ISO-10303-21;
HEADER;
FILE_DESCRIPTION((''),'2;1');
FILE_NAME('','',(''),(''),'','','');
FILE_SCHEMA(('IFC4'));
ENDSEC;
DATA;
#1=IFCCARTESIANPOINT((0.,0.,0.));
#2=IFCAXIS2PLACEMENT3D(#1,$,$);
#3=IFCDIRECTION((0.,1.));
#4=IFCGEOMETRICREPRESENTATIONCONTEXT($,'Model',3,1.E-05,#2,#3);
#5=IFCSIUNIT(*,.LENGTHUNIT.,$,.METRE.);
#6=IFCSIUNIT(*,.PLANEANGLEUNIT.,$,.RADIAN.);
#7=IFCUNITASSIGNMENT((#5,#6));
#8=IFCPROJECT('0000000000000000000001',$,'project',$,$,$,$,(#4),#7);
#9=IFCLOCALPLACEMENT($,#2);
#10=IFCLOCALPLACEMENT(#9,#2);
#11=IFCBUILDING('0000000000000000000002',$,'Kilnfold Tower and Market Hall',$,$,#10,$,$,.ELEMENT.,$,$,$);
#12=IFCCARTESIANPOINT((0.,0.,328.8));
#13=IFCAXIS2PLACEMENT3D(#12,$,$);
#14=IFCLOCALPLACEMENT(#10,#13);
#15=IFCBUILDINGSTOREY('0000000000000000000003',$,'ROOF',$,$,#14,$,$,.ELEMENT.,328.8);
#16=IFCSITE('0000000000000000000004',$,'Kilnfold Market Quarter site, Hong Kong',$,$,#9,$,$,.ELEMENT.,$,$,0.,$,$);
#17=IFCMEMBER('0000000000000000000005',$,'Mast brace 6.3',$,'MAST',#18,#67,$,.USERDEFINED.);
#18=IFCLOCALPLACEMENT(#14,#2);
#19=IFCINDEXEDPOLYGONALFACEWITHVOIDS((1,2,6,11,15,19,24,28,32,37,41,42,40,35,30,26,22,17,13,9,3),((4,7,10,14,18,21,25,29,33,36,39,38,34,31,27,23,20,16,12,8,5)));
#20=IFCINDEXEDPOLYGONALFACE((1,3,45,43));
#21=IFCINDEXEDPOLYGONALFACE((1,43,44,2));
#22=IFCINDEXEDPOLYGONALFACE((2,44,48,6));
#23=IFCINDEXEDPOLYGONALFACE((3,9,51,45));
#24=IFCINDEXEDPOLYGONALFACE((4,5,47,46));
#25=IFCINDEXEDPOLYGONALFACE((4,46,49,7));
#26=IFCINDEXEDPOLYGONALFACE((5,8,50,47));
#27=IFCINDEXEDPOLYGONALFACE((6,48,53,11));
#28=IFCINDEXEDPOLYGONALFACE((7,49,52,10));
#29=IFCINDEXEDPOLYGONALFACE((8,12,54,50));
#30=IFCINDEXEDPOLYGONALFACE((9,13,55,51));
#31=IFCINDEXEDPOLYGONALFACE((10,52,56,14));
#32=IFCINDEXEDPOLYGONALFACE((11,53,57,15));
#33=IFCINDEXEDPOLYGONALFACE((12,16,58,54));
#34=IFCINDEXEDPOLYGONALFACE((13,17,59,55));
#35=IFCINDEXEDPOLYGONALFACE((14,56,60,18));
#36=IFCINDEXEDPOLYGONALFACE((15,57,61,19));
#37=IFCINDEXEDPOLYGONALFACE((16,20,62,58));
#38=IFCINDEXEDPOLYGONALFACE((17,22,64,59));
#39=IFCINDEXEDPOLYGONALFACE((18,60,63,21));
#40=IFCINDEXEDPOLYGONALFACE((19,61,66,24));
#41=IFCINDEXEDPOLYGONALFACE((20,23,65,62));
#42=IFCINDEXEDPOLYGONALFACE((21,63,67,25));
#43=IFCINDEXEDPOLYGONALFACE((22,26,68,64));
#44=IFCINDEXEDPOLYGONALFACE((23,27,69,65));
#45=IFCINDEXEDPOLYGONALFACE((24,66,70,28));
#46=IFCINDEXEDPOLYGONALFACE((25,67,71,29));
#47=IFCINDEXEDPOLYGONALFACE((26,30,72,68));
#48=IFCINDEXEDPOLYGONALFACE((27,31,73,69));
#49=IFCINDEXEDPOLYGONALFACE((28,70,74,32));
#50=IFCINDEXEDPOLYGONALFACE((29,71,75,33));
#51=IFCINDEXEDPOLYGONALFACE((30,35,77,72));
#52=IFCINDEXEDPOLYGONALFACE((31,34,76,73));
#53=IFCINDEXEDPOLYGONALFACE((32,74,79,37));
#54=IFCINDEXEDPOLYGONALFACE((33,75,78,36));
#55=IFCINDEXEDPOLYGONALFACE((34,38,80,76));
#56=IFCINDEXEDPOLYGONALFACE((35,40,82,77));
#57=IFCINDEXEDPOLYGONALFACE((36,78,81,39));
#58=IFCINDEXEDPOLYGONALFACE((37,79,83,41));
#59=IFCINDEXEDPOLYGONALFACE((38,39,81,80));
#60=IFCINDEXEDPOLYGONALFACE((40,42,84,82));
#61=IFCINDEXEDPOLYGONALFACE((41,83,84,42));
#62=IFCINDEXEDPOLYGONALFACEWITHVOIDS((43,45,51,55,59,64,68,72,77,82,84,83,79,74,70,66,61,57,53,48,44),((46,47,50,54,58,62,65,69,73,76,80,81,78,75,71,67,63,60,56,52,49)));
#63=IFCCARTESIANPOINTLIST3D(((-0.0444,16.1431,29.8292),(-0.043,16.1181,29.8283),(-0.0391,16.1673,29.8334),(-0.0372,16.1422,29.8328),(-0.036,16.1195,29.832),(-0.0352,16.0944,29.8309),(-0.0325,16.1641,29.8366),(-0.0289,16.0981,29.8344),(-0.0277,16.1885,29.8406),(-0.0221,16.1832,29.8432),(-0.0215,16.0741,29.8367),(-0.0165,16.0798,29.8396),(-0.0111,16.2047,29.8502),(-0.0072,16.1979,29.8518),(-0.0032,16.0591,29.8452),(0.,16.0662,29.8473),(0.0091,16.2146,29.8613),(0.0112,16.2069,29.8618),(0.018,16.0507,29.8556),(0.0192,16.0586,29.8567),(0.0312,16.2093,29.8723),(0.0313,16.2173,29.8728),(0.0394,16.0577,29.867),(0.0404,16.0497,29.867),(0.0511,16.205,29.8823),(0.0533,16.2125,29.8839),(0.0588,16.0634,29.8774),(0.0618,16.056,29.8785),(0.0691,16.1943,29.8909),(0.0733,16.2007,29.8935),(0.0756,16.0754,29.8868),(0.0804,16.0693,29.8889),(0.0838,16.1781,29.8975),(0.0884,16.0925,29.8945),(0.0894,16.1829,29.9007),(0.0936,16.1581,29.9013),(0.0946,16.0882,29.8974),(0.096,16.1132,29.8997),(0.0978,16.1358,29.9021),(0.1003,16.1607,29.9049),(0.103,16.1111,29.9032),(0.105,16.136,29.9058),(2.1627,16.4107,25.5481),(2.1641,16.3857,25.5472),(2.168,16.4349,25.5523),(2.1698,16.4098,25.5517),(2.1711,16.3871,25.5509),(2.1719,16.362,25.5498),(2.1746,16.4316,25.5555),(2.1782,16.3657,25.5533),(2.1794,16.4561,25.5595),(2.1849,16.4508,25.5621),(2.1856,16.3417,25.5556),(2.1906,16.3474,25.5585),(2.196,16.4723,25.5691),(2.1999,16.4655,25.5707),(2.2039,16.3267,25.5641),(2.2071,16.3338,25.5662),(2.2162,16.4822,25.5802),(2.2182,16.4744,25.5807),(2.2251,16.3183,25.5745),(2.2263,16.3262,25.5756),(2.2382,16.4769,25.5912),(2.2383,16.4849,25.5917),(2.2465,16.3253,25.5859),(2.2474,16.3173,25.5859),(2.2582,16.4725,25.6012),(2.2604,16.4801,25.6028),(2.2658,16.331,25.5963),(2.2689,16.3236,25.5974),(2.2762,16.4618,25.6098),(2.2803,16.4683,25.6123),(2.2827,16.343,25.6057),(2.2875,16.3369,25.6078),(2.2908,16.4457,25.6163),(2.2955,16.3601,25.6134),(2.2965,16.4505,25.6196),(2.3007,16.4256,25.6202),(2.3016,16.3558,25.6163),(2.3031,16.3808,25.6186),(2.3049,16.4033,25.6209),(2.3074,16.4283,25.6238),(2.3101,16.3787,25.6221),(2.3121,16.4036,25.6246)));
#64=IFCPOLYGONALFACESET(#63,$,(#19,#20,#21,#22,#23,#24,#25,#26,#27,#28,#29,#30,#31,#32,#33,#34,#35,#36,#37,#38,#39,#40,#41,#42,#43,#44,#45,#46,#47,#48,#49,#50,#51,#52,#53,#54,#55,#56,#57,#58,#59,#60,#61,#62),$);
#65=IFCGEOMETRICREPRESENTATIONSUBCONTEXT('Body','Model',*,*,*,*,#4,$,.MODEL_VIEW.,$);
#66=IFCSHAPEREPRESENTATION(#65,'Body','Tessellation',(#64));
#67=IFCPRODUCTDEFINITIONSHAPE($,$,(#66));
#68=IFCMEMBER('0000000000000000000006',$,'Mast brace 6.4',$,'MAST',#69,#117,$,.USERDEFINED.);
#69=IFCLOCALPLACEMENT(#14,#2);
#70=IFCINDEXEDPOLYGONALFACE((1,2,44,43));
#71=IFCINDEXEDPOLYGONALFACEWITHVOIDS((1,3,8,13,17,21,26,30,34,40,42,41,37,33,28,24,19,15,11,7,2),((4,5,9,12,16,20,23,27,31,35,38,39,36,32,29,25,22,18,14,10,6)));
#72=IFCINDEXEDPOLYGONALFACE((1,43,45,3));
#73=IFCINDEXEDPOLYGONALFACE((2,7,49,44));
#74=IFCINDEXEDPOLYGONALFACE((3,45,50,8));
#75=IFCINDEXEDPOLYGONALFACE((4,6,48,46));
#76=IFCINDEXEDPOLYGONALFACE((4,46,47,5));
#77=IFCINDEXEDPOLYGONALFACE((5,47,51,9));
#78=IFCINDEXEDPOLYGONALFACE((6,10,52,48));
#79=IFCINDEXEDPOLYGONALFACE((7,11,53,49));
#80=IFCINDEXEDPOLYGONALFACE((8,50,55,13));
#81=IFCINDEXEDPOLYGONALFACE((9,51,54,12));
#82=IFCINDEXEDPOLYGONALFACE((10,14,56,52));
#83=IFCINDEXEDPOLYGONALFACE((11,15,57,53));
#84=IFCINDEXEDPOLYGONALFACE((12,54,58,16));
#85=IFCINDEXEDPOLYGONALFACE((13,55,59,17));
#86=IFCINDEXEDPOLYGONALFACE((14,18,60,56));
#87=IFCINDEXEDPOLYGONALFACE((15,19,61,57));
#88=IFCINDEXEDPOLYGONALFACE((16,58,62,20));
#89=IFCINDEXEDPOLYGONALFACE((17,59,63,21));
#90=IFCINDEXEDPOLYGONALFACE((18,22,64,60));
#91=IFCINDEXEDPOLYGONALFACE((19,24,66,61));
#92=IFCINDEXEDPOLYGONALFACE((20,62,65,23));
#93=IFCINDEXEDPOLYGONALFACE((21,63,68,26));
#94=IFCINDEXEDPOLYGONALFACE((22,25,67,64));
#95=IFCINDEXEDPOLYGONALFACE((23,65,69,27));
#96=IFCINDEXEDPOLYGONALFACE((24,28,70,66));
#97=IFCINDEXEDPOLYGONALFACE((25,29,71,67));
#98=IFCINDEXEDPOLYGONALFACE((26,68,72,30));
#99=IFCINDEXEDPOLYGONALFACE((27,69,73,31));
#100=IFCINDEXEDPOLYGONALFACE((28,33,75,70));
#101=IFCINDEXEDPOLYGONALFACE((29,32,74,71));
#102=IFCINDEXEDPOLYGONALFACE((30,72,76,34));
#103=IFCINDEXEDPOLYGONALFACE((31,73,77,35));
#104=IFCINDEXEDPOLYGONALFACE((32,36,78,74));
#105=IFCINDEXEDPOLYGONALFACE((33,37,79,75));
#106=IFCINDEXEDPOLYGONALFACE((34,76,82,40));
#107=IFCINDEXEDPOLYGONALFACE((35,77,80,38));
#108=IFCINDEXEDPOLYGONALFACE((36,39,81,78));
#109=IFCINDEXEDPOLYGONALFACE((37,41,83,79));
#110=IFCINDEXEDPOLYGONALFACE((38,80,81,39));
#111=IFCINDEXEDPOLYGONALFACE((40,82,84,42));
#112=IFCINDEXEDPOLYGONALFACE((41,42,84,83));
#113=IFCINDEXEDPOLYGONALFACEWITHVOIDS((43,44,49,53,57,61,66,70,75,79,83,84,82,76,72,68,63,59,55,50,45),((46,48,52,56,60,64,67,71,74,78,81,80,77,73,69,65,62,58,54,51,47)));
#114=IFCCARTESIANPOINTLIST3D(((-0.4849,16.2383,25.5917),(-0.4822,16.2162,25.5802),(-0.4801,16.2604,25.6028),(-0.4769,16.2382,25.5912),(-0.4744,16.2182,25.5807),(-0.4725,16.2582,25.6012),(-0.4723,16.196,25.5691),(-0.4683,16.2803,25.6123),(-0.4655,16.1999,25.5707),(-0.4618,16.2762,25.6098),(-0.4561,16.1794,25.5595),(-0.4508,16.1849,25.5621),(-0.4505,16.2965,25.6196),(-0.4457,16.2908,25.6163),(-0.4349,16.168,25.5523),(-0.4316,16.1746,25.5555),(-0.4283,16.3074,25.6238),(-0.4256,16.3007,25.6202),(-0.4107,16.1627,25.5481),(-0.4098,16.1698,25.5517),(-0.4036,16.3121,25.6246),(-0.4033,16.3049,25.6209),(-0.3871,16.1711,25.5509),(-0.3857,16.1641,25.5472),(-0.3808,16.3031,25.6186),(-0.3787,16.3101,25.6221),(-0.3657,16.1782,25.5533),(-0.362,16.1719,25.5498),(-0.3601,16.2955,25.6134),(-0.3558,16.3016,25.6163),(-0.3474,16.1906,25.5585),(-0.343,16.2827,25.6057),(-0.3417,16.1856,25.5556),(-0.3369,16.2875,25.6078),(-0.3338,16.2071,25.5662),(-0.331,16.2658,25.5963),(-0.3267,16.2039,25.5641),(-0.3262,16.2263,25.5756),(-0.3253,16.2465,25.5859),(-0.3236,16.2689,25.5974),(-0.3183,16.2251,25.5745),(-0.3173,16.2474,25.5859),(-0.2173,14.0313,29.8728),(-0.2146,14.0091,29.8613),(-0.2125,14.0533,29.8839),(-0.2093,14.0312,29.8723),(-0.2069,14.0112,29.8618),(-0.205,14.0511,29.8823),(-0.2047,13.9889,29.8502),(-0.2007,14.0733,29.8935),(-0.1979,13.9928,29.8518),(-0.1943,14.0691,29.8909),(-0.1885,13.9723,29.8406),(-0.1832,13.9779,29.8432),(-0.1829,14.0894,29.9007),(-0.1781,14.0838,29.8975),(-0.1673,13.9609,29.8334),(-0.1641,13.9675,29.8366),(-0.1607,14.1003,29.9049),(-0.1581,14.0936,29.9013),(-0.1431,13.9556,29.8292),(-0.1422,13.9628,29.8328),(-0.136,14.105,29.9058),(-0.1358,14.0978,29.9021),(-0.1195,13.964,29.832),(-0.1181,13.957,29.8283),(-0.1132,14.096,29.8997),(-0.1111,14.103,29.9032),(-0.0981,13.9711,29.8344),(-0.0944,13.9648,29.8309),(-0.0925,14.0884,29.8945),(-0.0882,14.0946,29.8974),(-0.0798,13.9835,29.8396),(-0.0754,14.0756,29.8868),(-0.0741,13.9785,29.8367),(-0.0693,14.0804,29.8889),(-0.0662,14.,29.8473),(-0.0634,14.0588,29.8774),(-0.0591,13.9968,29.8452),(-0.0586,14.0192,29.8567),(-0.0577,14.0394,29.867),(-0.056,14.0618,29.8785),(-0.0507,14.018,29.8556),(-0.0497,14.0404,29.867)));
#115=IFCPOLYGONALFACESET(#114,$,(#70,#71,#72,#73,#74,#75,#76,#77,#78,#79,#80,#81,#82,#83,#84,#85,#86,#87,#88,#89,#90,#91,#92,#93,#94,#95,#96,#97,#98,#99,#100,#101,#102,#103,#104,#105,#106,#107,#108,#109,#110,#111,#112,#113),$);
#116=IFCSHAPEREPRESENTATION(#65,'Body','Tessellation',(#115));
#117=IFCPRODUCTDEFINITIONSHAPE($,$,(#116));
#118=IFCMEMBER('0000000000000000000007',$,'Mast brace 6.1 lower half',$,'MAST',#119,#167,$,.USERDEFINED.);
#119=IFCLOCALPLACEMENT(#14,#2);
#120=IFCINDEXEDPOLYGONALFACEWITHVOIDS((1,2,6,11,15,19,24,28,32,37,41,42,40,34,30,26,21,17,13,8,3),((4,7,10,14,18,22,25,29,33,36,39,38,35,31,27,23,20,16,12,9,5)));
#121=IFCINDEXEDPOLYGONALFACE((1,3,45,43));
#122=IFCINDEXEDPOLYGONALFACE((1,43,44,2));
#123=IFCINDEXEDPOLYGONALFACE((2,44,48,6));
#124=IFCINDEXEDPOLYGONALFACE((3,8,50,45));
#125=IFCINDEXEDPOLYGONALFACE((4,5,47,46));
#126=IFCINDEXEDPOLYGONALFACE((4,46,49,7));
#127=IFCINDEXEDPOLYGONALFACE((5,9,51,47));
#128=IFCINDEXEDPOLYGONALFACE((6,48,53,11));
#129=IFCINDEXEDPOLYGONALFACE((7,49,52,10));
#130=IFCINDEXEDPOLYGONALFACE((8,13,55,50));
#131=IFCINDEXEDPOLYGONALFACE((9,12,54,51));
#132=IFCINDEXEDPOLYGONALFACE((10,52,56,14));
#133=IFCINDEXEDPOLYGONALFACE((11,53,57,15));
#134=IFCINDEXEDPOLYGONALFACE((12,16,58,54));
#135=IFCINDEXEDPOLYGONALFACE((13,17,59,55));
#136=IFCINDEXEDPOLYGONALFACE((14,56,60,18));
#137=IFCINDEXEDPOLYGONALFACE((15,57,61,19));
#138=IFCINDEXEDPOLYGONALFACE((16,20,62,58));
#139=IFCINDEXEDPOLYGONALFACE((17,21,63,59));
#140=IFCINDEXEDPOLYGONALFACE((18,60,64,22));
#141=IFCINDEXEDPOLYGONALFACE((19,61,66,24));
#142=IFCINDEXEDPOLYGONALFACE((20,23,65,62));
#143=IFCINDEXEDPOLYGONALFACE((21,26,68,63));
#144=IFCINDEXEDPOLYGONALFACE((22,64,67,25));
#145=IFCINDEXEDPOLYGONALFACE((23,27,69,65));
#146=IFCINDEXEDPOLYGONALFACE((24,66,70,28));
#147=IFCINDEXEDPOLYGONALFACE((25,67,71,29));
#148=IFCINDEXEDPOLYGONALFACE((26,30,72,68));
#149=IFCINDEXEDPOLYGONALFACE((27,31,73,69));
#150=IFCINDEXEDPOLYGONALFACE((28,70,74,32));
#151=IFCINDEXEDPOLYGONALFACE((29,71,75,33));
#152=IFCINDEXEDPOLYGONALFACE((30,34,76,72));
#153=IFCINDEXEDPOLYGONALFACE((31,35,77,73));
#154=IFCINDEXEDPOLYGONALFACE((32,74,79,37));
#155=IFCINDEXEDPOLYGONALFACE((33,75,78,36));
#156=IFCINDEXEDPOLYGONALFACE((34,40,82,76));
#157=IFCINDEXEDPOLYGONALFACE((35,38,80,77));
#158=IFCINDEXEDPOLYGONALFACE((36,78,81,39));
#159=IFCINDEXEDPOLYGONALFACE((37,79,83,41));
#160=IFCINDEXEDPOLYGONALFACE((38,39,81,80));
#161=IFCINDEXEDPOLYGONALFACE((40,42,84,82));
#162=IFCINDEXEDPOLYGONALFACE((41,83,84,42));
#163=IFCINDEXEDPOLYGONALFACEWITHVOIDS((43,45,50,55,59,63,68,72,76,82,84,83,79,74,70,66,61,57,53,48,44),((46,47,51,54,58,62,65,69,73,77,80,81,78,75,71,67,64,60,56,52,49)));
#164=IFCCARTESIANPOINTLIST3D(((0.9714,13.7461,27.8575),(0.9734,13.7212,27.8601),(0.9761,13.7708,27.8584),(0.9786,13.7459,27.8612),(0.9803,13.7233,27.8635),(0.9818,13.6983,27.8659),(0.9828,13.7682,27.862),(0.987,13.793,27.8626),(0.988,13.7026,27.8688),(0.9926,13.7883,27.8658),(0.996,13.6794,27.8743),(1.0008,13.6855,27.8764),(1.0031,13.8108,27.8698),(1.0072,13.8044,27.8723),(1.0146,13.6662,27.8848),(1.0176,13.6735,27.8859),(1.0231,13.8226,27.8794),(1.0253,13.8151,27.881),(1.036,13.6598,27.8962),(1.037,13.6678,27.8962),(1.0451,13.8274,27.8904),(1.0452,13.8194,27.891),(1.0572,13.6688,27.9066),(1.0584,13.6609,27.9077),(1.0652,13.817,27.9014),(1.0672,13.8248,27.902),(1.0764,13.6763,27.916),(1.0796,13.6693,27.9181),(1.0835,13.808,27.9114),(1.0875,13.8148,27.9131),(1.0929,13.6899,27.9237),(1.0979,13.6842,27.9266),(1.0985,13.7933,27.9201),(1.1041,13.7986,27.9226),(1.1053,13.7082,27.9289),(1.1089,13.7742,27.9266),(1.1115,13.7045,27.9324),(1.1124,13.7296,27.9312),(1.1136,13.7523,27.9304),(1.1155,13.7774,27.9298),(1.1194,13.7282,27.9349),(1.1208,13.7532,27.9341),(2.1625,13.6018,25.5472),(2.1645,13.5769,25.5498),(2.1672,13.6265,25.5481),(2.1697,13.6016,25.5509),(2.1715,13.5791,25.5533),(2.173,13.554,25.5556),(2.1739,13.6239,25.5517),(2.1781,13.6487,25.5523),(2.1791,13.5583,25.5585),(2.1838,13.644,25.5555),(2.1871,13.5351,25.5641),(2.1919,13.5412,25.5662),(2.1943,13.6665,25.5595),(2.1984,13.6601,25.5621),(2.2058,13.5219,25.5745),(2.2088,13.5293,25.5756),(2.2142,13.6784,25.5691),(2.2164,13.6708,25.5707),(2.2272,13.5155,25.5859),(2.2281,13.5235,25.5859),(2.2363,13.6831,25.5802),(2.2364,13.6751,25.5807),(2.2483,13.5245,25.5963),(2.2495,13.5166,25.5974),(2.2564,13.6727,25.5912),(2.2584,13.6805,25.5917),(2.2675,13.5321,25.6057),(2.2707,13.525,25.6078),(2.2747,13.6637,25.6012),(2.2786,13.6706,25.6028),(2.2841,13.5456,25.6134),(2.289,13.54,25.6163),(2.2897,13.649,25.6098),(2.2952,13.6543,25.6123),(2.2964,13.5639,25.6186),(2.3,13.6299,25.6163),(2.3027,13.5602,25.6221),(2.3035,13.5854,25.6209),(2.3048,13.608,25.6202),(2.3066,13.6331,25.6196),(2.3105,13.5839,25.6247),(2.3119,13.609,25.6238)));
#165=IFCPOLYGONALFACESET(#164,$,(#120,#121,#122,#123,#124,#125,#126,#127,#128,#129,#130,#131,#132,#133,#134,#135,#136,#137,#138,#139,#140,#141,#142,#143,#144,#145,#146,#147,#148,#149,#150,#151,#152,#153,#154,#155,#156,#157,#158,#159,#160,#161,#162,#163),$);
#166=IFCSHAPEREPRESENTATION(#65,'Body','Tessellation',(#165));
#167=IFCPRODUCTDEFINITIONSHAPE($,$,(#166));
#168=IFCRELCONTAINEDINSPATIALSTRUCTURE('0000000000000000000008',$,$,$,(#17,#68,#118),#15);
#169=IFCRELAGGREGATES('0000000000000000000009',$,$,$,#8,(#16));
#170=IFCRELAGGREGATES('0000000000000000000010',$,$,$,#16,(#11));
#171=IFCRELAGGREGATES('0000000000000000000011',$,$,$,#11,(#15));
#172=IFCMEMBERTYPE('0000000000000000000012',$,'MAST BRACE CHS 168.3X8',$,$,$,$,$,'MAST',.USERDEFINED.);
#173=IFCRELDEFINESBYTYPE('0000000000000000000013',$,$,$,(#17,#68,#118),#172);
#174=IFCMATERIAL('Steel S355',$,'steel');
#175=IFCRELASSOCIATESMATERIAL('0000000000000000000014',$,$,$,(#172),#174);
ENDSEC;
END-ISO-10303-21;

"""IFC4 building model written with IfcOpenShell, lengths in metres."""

from ifc_helpers import new_model, si_unit, direction, frame, origin, origin_2d, place, context, subcontext, project, spatial, hollow_circle, extrude, source, transform, mapped, material, material_profile, profile_set, type_object, element, save


model = new_model("IFC4")

# Units and contexts
model_context = context("Model", 3, precision=1e-05, world=origin(), true_north=direction((0.0, 1.0)))
body_context = subcontext(model_context, "Body", "Model", "MODEL_VIEW")
ifc_project = project(units=[si_unit("LENGTHUNIT", "METRE"), si_unit("PLANEANGLEUNIT", "RADIAN")], contexts=[model_context])

# Site, building, storey
site_placement = place(None, origin())
site = spatial("IfcSite", under=ifc_project, at=site_placement, Name="Kilnfold Market Quarter site, Hong Kong", CompositionType="ELEMENT", RefElevation=0.0)
building_placement = place(site_placement, origin())
building = spatial("IfcBuilding", under=site, at=building_placement, Name="Kilnfold Tower and Market Hall", CompositionType="ELEMENT")
storey_placement = place(building_placement, frame((0.0, 0.0, 328.8)))
storey = spatial("IfcBuildingStorey", under=building, at=storey_placement, Name="ROOF", CompositionType="ELEMENT", Elevation=328.8)

# Members
ifc_material_1 = material(Name="Steel S355", Category="steel")
ifc_material_profile_1 = material_profile(ifc_material_1, hollow_circle(Radius=0.0842, WallThickness=0.0081, at=origin_2d()), Name="CHS 168.3x8")
ifc_profile_set_1 = profile_set([ifc_material_profile_1], Name="Steel S355")
member_type_1 = type_object("IfcMemberType", Name="MAST BRACE CHS 168.3X8", ElementType="MAST", PredefinedType="USERDEFINED", material=ifc_profile_set_1)
shared_shape_1 = source(origin(), body_context, "Body", "SweptSolid", [
    extrude(hollow_circle(Radius=0.0842, WallThickness=0.0081, at=origin_2d()), origin(), (0.0, 0.0, 1.0), 4.824),
])
for number, where, z_axis, x_axis, name in (
    (1, (2.2373, 16.4009, 25.5859), (-0.457524, -0.05547, 0.887465), (0.120358, -0.992731, 0.0), "Mast brace 6.3"),
    (2, (-0.4009, 16.2373, 25.5859), (0.05547, -0.457524, 0.887465), (0.992731, 0.120358, 0.0), "Mast brace 6.4"),
):
    element("IfcMember", number, at=place(storey_placement, frame(where, z_axis=z_axis, x_axis=x_axis)), inside=storey, type_object=member_type_1, Name=name, ObjectType="MAST", PredefinedType="USERDEFINED", context=body_context, shape_type="MappedRepresentation", body=[
        mapped(shared_shape_1, transform((0.0, 0.0, 0.0))),
    ])
shared_shape_2 = source(origin(), body_context, "Body", "SweptSolid", [
    extrude(hollow_circle(Radius=0.0842, WallThickness=0.0081, at=origin_2d()), origin(), (0.0, 0.0, 1.0), 2.6033),
])
for number, where, z_axis, x_axis, name in (
    (3, (2.2373, 13.5991, 25.5859), (-0.457558, 0.055425, 0.887451), (-0.120252, -0.992743, 0.0), "Mast brace 6.1 lower half"),
):
    element("IfcMember", number, at=place(storey_placement, frame(where, z_axis=z_axis, x_axis=x_axis)), inside=storey, type_object=member_type_1, Name=name, ObjectType="MAST", PredefinedType="USERDEFINED", context=body_context, shape_type="MappedRepresentation", body=[
        mapped(shared_shape_2, transform((0.0, 0.0, 0.0))),
    ])

save(model, "model.ifc")
